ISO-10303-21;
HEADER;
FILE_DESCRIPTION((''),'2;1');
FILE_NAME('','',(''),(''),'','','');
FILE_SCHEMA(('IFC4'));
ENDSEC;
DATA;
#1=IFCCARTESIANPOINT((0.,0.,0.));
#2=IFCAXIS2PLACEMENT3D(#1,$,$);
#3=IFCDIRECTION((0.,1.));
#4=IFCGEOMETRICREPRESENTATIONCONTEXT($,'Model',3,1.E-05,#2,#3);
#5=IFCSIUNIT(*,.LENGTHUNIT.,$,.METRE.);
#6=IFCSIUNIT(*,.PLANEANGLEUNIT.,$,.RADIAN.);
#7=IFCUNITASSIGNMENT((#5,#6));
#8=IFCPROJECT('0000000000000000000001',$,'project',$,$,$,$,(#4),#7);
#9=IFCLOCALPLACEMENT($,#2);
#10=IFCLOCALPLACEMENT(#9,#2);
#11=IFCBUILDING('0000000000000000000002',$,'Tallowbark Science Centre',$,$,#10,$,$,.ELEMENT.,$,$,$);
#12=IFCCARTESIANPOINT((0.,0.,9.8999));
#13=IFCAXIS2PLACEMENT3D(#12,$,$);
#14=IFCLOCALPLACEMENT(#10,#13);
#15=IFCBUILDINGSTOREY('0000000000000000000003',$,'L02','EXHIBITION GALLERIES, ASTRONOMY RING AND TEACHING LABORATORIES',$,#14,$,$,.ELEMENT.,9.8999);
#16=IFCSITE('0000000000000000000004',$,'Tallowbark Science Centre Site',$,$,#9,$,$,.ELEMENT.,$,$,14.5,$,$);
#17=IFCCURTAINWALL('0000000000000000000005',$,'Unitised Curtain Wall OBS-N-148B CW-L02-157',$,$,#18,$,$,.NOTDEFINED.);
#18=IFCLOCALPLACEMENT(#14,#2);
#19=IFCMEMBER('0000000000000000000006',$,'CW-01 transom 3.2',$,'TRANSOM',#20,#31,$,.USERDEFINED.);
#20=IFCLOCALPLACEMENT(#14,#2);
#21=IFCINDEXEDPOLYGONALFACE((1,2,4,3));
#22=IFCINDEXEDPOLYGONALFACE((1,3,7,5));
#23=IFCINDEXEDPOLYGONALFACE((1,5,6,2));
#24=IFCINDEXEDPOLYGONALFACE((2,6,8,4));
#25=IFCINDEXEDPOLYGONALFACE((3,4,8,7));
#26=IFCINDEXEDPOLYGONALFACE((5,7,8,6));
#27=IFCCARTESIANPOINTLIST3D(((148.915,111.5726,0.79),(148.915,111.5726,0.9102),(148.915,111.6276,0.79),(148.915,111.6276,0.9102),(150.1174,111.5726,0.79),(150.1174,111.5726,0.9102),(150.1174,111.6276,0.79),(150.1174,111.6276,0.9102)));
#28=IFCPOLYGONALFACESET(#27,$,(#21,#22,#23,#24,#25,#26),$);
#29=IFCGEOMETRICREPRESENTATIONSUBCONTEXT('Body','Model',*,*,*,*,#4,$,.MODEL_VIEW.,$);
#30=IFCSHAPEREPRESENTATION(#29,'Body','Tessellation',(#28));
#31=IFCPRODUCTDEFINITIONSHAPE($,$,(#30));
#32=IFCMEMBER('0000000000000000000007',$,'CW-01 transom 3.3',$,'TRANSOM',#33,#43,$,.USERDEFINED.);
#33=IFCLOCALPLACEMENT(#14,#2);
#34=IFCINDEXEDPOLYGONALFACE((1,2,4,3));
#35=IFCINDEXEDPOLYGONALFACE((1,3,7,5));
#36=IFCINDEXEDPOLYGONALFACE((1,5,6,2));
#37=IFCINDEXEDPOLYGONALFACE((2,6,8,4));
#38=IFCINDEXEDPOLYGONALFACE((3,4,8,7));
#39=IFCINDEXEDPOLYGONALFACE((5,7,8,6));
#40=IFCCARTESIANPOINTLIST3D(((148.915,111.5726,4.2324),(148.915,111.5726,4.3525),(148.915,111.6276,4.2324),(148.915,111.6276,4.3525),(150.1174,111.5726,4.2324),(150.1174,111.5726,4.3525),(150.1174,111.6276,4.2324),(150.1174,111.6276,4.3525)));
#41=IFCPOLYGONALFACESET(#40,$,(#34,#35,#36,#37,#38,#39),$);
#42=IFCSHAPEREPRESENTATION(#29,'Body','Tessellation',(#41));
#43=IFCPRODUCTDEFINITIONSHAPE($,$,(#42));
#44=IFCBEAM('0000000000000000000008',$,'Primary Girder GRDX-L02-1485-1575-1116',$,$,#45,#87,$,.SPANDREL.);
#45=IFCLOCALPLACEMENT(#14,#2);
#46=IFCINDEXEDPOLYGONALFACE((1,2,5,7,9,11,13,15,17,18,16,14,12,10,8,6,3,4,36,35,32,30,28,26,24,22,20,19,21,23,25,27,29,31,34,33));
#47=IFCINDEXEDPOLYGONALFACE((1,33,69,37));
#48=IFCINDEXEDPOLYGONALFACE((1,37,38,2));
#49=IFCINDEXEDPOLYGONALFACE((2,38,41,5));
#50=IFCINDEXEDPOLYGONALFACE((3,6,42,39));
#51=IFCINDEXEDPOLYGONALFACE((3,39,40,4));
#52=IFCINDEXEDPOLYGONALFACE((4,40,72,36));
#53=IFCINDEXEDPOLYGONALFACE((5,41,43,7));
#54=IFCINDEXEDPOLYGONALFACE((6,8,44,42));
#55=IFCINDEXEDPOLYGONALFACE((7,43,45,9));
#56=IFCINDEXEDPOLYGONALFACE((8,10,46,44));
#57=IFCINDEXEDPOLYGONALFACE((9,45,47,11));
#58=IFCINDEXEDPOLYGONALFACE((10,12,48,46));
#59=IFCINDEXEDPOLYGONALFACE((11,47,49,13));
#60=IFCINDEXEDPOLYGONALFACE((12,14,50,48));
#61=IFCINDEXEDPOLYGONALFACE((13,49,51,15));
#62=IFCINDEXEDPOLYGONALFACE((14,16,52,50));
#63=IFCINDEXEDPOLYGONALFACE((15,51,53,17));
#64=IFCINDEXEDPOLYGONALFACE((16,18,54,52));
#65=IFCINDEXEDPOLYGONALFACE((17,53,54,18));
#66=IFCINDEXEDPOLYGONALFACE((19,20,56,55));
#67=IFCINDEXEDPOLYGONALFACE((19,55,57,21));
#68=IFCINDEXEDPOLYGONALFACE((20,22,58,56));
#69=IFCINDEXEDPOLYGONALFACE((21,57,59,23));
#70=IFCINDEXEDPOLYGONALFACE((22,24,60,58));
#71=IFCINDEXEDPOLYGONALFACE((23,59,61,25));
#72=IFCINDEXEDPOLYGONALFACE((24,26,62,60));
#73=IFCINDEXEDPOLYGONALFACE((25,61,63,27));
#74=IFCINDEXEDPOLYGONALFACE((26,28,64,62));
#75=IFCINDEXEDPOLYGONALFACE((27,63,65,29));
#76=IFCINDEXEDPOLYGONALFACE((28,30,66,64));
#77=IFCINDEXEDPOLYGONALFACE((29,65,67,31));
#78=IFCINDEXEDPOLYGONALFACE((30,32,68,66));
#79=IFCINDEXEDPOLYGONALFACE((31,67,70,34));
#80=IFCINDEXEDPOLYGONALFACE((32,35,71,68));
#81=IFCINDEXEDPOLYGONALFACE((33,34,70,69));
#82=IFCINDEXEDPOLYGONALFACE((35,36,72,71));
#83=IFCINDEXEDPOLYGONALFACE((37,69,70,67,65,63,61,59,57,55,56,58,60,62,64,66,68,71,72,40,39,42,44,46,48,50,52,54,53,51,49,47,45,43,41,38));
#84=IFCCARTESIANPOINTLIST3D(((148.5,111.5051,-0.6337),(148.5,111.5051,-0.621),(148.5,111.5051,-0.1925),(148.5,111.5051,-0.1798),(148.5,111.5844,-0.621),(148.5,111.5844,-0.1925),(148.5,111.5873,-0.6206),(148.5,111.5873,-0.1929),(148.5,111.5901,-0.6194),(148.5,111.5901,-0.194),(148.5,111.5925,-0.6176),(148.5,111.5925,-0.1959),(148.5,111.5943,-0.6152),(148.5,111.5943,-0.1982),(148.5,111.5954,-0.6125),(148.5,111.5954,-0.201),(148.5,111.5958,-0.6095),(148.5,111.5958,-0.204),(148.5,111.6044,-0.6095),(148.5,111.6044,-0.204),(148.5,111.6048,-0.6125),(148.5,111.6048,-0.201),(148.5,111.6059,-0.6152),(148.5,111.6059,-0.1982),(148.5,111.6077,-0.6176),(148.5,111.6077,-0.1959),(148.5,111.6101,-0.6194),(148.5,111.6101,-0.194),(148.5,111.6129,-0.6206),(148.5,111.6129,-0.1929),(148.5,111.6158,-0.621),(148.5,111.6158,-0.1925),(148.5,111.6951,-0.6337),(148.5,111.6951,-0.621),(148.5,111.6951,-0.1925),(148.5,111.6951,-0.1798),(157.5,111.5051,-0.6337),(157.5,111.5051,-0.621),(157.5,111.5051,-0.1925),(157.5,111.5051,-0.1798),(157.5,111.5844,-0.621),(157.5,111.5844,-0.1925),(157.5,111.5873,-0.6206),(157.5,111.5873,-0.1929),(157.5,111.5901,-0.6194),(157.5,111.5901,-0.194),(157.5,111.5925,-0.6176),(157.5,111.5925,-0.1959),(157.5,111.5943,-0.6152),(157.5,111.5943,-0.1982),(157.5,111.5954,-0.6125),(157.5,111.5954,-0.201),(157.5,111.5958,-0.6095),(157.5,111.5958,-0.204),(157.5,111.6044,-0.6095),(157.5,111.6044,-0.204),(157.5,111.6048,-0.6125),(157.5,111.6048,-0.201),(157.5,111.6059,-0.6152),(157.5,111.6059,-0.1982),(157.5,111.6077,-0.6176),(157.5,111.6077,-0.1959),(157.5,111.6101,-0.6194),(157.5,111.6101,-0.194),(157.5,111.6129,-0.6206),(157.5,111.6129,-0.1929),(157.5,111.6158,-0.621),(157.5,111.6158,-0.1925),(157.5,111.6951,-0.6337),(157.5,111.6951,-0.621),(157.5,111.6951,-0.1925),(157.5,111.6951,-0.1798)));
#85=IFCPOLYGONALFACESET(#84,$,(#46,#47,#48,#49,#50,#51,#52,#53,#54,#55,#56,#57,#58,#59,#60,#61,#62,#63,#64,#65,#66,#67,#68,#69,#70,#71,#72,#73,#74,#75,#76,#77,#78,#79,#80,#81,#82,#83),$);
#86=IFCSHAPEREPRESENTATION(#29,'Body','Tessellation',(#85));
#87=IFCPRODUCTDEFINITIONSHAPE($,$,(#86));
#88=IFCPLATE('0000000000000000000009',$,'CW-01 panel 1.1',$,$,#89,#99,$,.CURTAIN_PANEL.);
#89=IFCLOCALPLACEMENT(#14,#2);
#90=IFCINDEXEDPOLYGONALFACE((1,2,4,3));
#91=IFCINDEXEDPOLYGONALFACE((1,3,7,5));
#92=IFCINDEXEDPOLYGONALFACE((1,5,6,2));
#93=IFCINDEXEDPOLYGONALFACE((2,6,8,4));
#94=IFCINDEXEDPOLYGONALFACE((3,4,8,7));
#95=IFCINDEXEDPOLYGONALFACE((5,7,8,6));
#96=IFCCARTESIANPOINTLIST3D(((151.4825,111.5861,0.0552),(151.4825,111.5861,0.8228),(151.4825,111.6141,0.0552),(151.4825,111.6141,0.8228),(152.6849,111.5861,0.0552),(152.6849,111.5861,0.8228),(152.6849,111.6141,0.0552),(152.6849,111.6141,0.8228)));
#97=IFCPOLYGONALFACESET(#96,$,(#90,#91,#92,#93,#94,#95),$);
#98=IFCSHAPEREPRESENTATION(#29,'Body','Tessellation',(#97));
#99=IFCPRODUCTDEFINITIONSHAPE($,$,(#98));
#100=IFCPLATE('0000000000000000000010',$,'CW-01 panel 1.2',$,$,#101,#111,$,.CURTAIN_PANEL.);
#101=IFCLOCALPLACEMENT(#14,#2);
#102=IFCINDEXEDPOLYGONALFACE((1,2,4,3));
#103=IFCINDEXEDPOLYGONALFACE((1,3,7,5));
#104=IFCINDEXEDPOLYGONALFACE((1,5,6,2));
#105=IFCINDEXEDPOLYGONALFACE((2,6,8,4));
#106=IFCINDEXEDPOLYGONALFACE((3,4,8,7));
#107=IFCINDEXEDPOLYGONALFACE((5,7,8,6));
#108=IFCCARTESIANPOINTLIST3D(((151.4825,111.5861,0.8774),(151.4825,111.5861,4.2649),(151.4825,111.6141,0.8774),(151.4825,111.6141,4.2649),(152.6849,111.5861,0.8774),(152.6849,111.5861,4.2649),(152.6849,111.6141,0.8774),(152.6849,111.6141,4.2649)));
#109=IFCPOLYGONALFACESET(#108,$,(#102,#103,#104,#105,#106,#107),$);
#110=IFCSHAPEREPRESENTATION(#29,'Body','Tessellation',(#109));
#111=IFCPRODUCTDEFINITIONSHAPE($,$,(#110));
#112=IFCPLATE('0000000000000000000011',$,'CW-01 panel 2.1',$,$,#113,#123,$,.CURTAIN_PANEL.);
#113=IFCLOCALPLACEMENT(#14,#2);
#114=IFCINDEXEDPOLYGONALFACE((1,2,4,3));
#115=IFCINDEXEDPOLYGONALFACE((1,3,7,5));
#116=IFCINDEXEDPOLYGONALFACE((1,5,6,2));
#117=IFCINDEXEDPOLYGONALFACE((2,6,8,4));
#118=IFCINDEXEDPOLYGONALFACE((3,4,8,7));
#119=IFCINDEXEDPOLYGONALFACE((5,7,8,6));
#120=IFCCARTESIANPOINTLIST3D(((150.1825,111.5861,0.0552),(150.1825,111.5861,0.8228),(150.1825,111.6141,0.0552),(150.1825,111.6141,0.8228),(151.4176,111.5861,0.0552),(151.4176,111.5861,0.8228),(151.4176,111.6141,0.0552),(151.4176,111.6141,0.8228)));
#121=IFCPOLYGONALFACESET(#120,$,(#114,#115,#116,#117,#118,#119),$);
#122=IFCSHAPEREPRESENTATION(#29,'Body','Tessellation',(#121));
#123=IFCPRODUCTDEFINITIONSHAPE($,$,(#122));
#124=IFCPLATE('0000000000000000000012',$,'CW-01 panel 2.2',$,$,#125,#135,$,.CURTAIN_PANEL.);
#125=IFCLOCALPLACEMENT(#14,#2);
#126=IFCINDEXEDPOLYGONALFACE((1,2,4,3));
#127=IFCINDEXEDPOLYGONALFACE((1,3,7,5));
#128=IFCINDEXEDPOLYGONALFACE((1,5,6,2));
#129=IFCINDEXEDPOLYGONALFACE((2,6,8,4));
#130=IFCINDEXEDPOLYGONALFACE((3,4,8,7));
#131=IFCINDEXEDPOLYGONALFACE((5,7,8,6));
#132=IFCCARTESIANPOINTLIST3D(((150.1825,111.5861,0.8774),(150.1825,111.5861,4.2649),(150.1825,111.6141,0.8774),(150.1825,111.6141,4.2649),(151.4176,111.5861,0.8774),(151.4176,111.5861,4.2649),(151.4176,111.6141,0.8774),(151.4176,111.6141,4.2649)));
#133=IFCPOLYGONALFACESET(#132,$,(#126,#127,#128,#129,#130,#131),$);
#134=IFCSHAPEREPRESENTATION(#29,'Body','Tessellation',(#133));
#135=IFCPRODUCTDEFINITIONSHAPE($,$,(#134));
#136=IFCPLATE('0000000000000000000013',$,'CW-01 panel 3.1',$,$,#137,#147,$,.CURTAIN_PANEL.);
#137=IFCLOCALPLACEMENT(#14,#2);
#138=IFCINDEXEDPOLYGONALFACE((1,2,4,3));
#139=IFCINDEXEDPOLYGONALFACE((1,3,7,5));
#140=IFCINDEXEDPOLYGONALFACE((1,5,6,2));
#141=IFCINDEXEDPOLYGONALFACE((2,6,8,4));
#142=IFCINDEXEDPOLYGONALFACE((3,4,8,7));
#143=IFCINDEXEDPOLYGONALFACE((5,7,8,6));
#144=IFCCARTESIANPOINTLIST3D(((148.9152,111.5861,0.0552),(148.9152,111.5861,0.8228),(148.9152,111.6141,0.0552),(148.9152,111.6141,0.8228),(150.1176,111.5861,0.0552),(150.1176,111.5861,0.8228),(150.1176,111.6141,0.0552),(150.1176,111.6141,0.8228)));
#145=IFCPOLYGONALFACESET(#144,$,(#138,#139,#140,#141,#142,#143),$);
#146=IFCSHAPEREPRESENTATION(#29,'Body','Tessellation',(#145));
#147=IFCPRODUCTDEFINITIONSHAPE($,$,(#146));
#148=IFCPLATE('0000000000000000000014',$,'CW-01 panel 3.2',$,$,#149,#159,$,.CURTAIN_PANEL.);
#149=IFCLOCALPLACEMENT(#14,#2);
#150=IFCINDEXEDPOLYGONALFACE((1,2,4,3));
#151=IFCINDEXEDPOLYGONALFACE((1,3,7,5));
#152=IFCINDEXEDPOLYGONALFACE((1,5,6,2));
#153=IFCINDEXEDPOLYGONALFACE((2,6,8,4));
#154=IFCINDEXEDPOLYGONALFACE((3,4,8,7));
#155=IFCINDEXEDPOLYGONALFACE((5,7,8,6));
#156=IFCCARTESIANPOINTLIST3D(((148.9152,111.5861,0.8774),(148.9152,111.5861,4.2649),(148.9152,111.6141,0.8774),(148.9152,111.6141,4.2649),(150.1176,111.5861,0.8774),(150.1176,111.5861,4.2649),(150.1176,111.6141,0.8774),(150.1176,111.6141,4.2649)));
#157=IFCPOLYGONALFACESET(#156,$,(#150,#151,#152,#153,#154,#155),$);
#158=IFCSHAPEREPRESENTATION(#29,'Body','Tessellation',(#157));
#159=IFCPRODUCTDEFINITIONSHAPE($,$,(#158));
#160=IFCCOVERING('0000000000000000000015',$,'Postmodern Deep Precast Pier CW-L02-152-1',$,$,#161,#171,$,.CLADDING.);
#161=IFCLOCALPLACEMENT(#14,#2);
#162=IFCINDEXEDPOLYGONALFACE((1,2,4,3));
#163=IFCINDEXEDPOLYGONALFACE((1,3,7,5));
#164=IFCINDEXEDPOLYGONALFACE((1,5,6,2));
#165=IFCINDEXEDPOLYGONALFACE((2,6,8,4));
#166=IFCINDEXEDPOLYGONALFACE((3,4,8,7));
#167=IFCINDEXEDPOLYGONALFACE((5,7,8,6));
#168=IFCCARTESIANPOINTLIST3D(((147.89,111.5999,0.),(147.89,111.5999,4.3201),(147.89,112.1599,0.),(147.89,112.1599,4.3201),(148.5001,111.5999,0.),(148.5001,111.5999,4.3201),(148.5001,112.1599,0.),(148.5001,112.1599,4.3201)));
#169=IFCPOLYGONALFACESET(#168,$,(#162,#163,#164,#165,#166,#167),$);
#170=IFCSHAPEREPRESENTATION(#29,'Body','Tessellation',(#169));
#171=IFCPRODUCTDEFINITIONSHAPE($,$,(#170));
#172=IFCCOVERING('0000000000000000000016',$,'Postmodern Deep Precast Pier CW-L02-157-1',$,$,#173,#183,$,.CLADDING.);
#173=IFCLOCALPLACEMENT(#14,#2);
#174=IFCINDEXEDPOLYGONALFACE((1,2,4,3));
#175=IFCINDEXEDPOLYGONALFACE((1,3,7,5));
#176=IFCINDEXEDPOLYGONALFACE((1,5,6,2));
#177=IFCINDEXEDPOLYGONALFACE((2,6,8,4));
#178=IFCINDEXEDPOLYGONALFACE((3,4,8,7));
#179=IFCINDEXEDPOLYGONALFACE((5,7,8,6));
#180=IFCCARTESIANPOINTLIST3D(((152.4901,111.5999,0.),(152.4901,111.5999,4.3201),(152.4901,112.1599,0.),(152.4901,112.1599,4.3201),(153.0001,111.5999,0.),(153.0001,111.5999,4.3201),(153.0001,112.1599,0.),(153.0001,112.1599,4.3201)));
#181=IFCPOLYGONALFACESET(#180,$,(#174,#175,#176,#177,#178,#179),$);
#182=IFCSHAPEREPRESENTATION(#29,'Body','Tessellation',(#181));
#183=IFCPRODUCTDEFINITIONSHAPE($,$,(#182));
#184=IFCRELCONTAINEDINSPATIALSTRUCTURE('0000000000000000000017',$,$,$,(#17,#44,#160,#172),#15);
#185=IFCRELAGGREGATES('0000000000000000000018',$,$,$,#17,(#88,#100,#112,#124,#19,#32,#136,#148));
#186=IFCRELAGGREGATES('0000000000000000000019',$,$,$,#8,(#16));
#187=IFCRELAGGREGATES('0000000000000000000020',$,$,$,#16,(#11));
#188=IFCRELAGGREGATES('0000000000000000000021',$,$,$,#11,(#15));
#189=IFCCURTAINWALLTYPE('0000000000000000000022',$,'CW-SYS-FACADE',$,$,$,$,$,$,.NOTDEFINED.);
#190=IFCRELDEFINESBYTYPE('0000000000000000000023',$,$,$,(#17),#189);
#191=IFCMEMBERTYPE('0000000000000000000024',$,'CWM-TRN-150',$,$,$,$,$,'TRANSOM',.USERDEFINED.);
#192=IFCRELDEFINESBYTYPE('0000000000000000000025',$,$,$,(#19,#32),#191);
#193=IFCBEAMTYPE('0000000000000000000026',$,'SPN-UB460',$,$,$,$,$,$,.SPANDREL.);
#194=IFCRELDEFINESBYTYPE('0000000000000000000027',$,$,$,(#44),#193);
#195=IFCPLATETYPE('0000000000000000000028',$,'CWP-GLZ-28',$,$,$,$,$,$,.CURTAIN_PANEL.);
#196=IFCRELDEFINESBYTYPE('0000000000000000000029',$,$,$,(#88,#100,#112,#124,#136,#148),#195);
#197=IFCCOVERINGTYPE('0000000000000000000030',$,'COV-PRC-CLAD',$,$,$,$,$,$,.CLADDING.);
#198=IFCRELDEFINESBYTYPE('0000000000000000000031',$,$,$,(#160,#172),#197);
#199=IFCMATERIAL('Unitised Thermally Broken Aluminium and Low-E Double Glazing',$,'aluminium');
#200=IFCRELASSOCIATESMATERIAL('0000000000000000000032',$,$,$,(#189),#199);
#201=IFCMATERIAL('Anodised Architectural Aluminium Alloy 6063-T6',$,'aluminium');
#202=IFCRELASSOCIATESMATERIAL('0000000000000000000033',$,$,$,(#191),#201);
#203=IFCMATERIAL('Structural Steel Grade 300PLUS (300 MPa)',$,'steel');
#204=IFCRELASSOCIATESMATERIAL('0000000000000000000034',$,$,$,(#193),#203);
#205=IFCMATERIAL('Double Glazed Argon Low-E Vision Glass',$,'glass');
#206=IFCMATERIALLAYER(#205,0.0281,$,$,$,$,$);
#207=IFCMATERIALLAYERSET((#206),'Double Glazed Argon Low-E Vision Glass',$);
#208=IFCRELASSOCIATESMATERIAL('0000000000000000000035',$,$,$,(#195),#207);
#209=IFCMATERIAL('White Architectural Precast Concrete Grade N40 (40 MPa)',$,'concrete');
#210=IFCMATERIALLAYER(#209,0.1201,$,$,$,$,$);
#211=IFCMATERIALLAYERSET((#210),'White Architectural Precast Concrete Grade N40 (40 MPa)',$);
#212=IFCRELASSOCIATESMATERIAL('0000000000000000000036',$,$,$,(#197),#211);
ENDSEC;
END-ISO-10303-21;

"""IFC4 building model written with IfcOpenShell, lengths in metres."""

from ifc_helpers import new_model, si_unit, direction, frame, origin, origin_2d, place, context, subcontext, project, spatial, rectangle, i_section, extrude, material, layer, layer_set, material_profile, profile_set, type_object, element, aggregate, save


model = new_model("IFC4")

# Units and contexts
model_context = context("Model", 3, precision=1e-05, world=origin(), true_north=direction((0.0, 1.0)))
body_context = subcontext(model_context, "Body", "Model", "MODEL_VIEW")
ifc_project = project(units=[si_unit("LENGTHUNIT", "METRE"), si_unit("PLANEANGLEUNIT", "RADIAN")], contexts=[model_context])

# Site, building, storey
site_placement = place(None, origin())
site = spatial("IfcSite", under=ifc_project, at=site_placement, Name="Tallowbark Science Centre Site", CompositionType="ELEMENT", RefElevation=14.5)
building_placement = place(site_placement, origin())
building = spatial("IfcBuilding", under=site, at=building_placement, Name="Tallowbark Science Centre", CompositionType="ELEMENT")
storey_placement = place(building_placement, frame((0.0, 0.0, 9.8999)))
storey = spatial("IfcBuildingStorey", under=building, at=storey_placement, Name="L02", Description="EXHIBITION GALLERIES, ASTRONOMY RING AND TEACHING LABORATORIES", CompositionType="ELEMENT", Elevation=9.8999)

# Shared definitions
ifc_material_1 = material(Name="Structural Steel Grade 300PLUS (300 MPa)", Category="steel")

# Curtain wall, members
ifc_material_2 = material(Name="Unitised Thermally Broken Aluminium and Low-E Double Glazing", Category="aluminium")
curtain_wall_type = type_object("IfcCurtainWallType", Name="CW-SYS-FACADE", PredefinedType="NOTDEFINED", material=ifc_material_2)
curtain_wall_placement = place(storey_placement, origin())
curtain_wall = element("IfcCurtainWall", 1, at=curtain_wall_placement, inside=storey, type_object=curtain_wall_type, Name="Unitised Curtain Wall OBS-N-148B CW-L02-157", PredefinedType="NOTDEFINED")
ifc_material_3 = material(Name="Anodised Architectural Aluminium Alloy 6063-T6", Category="aluminium")
ifc_material_profile_1 = material_profile(ifc_material_3, rectangle(XDim=0.0549, YDim=0.1201, at=origin_2d()), Name="ALU55x120")
ifc_profile_set_1 = profile_set([ifc_material_profile_1], Name="Anodised Architectural Aluminium Alloy 6063-T6")
member_type_1 = type_object("IfcMemberType", Name="CWM-TRN-150", ElementType="TRANSOM", PredefinedType="USERDEFINED", material=ifc_profile_set_1)
member_1_placement = place(storey_placement, frame((150.1174, 111.6001, 0.8501), z_axis=(-1.0, 0.0, 0.0), x_axis=(0.0, -1.0, 0.0)))
member_1 = element("IfcMember", 2, at=member_1_placement, type_object=member_type_1, Name="CW-01 transom 3.2", ObjectType="TRANSOM", PredefinedType="USERDEFINED", context=body_context, shape_type="SweptSolid", body=[
    extrude(rectangle(XDim=0.0549, YDim=0.1201, at=origin_2d()), origin(), (0.0, 0.0, 1.0), 1.2024),
])
member_2_placement = place(storey_placement, frame((150.1174, 111.6001, 4.2925), z_axis=(-1.0, 0.0, 0.0), x_axis=(0.0, -1.0, 0.0)))
member_2 = element("IfcMember", 3, at=member_2_placement, type_object=member_type_1, Name="CW-01 transom 3.3", ObjectType="TRANSOM", PredefinedType="USERDEFINED", context=body_context, shape_type="SweptSolid", body=[
    extrude(rectangle(XDim=0.0549, YDim=0.1201, at=origin_2d()), origin(), (0.0, 0.0, 1.0), 1.2024),
])

# Beam
ifc_material_profile_2 = material_profile(ifc_material_1, i_section(OverallWidth=0.1899, OverallDepth=0.4539, WebThickness=0.0085, FlangeThickness=0.0127, FilletRadius=0.0115, at=origin_2d()), Name="460UB67.1")
ifc_profile_set_2 = profile_set([ifc_material_profile_2], Name="Structural Steel Grade 300PLUS (300 MPa)")
beam_type = type_object("IfcBeamType", Name="SPN-UB460", PredefinedType="SPANDREL", material=ifc_profile_set_2)
beam_placement = place(storey_placement, frame((148.5, 111.6001, -0.4067), z_axis=(1.0, 0.0, 0.0), x_axis=(0.0, 1.0, 0.0)))
element("IfcBeam", 4, at=beam_placement, inside=storey, type_object=beam_type, Name="Primary Girder GRDX-L02-1485-1575-1116", PredefinedType="SPANDREL", context=body_context, shape_type="SweptSolid", body=[
    extrude(i_section(OverallWidth=0.1899, OverallDepth=0.4539, WebThickness=0.0085, FlangeThickness=0.0127, FilletRadius=0.0115, at=origin_2d()), origin(), (0.0, 0.0, 1.0), 9.0),
])

# Plates
ifc_material_4 = material(Name="Double Glazed Argon Low-E Vision Glass", Category="glass")
ifc_layer_1 = layer(ifc_material_4, 0.0281)
ifc_layer_set_1 = layer_set([ifc_layer_1], Name="Double Glazed Argon Low-E Vision Glass")
plate_type = type_object("IfcPlateType", Name="CWP-GLZ-28", PredefinedType="CURTAIN_PANEL", material=ifc_layer_set_1)
plate_1_placement = place(storey_placement, frame((152.0837, 111.6001, 0.0552), z_axis=(0.0, 0.0, 1.0), x_axis=(-1.0, 0.0, 0.0)))
plate_1 = element("IfcPlate", 5, at=plate_1_placement, type_object=plate_type, Name="CW-01 panel 1.1", PredefinedType="CURTAIN_PANEL", context=body_context, shape_type="SweptSolid", body=[
    extrude(rectangle(XDim=1.2024, YDim=0.0281, at=origin_2d()), origin(), (0.0, 0.0, 1.0), 0.7676),
])
plate_2_placement = place(storey_placement, frame((152.0837, 111.6001, 0.8774), z_axis=(0.0, 0.0, 1.0), x_axis=(-1.0, 0.0, 0.0)))
plate_2 = element("IfcPlate", 6, at=plate_2_placement, type_object=plate_type, Name="CW-01 panel 1.2", PredefinedType="CURTAIN_PANEL", context=body_context, shape_type="SweptSolid", body=[
    extrude(rectangle(XDim=1.2024, YDim=0.0281, at=origin_2d()), origin(), (0.0, 0.0, 1.0), 3.3875),
])
plate_3_placement = place(storey_placement, frame((150.8, 111.6001, 0.0552), z_axis=(0.0, 0.0, 1.0), x_axis=(-1.0, 0.0, 0.0)))
plate_3 = element("IfcPlate", 7, at=plate_3_placement, type_object=plate_type, Name="CW-01 panel 2.1", PredefinedType="CURTAIN_PANEL", context=body_context, shape_type="SweptSolid", body=[
    extrude(rectangle(XDim=1.2351, YDim=0.0281, at=origin_2d()), origin(), (0.0, 0.0, 1.0), 0.7676),
])
plate_4_placement = place(storey_placement, frame((150.8, 111.6001, 0.8774), z_axis=(0.0, 0.0, 1.0), x_axis=(-1.0, 0.0, 0.0)))
plate_4 = element("IfcPlate", 8, at=plate_4_placement, type_object=plate_type, Name="CW-01 panel 2.2", PredefinedType="CURTAIN_PANEL", context=body_context, shape_type="SweptSolid", body=[
    extrude(rectangle(XDim=1.2351, YDim=0.0281, at=origin_2d()), origin(), (0.0, 0.0, 1.0), 3.3875),
])
plate_5_placement = place(storey_placement, frame((149.5164, 111.6001, 0.0552), z_axis=(0.0, 0.0, 1.0), x_axis=(-1.0, 0.0, 0.0)))
plate_5 = element("IfcPlate", 9, at=plate_5_placement, type_object=plate_type, Name="CW-01 panel 3.1", PredefinedType="CURTAIN_PANEL", context=body_context, shape_type="SweptSolid", body=[
    extrude(rectangle(XDim=1.2024, YDim=0.0281, at=origin_2d()), origin(), (0.0, 0.0, 1.0), 0.7676),
])
plate_6_placement = place(storey_placement, frame((149.5164, 111.6001, 0.8774), z_axis=(0.0, 0.0, 1.0), x_axis=(-1.0, 0.0, 0.0)))
plate_6 = element("IfcPlate", 10, at=plate_6_placement, type_object=plate_type, Name="CW-01 panel 3.2", PredefinedType="CURTAIN_PANEL", context=body_context, shape_type="SweptSolid", body=[
    extrude(rectangle(XDim=1.2024, YDim=0.0281, at=origin_2d()), origin(), (0.0, 0.0, 1.0), 3.3875),
])
aggregate(curtain_wall, [plate_1, plate_2, plate_3, plate_4, member_1, member_2, plate_5, plate_6])

# Coverings
ifc_material_5 = material(Name="White Architectural Precast Concrete Grade N40 (40 MPa)", Category="concrete")
ifc_layer_2 = layer(ifc_material_5, 0.1201)
ifc_layer_set_2 = layer_set([ifc_layer_2], Name="White Architectural Precast Concrete Grade N40 (40 MPa)")
covering_type_1 = type_object("IfcCoveringType", Name="COV-PRC-CLAD", PredefinedType="CLADDING", material=ifc_layer_set_2)
covering_1_placement = place(storey_placement, frame((148.1951, 111.8799, 0.0), z_axis=(0.0, 0.0, 1.0), x_axis=(-1.0, 0.0, 0.0)))
element("IfcCovering", 11, at=covering_1_placement, inside=storey, type_object=covering_type_1, Name="Postmodern Deep Precast Pier CW-L02-152-1", PredefinedType="CLADDING", context=body_context, shape_type="SweptSolid", body=[
    extrude(rectangle(XDim=0.6101, YDim=0.5601, at=origin_2d()), origin(), (0.0, 0.0, 1.0), 4.3201),
])
covering_2_placement = place(storey_placement, frame((152.7451, 111.8799, 0.0), z_axis=(0.0, 0.0, 1.0), x_axis=(-1.0, 0.0, 0.0)))
element("IfcCovering", 12, at=covering_2_placement, inside=storey, type_object=covering_type_1, Name="Postmodern Deep Precast Pier CW-L02-157-1", PredefinedType="CLADDING", context=body_context, shape_type="SweptSolid", body=[
    extrude(rectangle(XDim=0.51, YDim=0.5601, at=origin_2d()), origin(), (0.0, 0.0, 1.0), 4.3201),
])

save(model, "model.ifc")
